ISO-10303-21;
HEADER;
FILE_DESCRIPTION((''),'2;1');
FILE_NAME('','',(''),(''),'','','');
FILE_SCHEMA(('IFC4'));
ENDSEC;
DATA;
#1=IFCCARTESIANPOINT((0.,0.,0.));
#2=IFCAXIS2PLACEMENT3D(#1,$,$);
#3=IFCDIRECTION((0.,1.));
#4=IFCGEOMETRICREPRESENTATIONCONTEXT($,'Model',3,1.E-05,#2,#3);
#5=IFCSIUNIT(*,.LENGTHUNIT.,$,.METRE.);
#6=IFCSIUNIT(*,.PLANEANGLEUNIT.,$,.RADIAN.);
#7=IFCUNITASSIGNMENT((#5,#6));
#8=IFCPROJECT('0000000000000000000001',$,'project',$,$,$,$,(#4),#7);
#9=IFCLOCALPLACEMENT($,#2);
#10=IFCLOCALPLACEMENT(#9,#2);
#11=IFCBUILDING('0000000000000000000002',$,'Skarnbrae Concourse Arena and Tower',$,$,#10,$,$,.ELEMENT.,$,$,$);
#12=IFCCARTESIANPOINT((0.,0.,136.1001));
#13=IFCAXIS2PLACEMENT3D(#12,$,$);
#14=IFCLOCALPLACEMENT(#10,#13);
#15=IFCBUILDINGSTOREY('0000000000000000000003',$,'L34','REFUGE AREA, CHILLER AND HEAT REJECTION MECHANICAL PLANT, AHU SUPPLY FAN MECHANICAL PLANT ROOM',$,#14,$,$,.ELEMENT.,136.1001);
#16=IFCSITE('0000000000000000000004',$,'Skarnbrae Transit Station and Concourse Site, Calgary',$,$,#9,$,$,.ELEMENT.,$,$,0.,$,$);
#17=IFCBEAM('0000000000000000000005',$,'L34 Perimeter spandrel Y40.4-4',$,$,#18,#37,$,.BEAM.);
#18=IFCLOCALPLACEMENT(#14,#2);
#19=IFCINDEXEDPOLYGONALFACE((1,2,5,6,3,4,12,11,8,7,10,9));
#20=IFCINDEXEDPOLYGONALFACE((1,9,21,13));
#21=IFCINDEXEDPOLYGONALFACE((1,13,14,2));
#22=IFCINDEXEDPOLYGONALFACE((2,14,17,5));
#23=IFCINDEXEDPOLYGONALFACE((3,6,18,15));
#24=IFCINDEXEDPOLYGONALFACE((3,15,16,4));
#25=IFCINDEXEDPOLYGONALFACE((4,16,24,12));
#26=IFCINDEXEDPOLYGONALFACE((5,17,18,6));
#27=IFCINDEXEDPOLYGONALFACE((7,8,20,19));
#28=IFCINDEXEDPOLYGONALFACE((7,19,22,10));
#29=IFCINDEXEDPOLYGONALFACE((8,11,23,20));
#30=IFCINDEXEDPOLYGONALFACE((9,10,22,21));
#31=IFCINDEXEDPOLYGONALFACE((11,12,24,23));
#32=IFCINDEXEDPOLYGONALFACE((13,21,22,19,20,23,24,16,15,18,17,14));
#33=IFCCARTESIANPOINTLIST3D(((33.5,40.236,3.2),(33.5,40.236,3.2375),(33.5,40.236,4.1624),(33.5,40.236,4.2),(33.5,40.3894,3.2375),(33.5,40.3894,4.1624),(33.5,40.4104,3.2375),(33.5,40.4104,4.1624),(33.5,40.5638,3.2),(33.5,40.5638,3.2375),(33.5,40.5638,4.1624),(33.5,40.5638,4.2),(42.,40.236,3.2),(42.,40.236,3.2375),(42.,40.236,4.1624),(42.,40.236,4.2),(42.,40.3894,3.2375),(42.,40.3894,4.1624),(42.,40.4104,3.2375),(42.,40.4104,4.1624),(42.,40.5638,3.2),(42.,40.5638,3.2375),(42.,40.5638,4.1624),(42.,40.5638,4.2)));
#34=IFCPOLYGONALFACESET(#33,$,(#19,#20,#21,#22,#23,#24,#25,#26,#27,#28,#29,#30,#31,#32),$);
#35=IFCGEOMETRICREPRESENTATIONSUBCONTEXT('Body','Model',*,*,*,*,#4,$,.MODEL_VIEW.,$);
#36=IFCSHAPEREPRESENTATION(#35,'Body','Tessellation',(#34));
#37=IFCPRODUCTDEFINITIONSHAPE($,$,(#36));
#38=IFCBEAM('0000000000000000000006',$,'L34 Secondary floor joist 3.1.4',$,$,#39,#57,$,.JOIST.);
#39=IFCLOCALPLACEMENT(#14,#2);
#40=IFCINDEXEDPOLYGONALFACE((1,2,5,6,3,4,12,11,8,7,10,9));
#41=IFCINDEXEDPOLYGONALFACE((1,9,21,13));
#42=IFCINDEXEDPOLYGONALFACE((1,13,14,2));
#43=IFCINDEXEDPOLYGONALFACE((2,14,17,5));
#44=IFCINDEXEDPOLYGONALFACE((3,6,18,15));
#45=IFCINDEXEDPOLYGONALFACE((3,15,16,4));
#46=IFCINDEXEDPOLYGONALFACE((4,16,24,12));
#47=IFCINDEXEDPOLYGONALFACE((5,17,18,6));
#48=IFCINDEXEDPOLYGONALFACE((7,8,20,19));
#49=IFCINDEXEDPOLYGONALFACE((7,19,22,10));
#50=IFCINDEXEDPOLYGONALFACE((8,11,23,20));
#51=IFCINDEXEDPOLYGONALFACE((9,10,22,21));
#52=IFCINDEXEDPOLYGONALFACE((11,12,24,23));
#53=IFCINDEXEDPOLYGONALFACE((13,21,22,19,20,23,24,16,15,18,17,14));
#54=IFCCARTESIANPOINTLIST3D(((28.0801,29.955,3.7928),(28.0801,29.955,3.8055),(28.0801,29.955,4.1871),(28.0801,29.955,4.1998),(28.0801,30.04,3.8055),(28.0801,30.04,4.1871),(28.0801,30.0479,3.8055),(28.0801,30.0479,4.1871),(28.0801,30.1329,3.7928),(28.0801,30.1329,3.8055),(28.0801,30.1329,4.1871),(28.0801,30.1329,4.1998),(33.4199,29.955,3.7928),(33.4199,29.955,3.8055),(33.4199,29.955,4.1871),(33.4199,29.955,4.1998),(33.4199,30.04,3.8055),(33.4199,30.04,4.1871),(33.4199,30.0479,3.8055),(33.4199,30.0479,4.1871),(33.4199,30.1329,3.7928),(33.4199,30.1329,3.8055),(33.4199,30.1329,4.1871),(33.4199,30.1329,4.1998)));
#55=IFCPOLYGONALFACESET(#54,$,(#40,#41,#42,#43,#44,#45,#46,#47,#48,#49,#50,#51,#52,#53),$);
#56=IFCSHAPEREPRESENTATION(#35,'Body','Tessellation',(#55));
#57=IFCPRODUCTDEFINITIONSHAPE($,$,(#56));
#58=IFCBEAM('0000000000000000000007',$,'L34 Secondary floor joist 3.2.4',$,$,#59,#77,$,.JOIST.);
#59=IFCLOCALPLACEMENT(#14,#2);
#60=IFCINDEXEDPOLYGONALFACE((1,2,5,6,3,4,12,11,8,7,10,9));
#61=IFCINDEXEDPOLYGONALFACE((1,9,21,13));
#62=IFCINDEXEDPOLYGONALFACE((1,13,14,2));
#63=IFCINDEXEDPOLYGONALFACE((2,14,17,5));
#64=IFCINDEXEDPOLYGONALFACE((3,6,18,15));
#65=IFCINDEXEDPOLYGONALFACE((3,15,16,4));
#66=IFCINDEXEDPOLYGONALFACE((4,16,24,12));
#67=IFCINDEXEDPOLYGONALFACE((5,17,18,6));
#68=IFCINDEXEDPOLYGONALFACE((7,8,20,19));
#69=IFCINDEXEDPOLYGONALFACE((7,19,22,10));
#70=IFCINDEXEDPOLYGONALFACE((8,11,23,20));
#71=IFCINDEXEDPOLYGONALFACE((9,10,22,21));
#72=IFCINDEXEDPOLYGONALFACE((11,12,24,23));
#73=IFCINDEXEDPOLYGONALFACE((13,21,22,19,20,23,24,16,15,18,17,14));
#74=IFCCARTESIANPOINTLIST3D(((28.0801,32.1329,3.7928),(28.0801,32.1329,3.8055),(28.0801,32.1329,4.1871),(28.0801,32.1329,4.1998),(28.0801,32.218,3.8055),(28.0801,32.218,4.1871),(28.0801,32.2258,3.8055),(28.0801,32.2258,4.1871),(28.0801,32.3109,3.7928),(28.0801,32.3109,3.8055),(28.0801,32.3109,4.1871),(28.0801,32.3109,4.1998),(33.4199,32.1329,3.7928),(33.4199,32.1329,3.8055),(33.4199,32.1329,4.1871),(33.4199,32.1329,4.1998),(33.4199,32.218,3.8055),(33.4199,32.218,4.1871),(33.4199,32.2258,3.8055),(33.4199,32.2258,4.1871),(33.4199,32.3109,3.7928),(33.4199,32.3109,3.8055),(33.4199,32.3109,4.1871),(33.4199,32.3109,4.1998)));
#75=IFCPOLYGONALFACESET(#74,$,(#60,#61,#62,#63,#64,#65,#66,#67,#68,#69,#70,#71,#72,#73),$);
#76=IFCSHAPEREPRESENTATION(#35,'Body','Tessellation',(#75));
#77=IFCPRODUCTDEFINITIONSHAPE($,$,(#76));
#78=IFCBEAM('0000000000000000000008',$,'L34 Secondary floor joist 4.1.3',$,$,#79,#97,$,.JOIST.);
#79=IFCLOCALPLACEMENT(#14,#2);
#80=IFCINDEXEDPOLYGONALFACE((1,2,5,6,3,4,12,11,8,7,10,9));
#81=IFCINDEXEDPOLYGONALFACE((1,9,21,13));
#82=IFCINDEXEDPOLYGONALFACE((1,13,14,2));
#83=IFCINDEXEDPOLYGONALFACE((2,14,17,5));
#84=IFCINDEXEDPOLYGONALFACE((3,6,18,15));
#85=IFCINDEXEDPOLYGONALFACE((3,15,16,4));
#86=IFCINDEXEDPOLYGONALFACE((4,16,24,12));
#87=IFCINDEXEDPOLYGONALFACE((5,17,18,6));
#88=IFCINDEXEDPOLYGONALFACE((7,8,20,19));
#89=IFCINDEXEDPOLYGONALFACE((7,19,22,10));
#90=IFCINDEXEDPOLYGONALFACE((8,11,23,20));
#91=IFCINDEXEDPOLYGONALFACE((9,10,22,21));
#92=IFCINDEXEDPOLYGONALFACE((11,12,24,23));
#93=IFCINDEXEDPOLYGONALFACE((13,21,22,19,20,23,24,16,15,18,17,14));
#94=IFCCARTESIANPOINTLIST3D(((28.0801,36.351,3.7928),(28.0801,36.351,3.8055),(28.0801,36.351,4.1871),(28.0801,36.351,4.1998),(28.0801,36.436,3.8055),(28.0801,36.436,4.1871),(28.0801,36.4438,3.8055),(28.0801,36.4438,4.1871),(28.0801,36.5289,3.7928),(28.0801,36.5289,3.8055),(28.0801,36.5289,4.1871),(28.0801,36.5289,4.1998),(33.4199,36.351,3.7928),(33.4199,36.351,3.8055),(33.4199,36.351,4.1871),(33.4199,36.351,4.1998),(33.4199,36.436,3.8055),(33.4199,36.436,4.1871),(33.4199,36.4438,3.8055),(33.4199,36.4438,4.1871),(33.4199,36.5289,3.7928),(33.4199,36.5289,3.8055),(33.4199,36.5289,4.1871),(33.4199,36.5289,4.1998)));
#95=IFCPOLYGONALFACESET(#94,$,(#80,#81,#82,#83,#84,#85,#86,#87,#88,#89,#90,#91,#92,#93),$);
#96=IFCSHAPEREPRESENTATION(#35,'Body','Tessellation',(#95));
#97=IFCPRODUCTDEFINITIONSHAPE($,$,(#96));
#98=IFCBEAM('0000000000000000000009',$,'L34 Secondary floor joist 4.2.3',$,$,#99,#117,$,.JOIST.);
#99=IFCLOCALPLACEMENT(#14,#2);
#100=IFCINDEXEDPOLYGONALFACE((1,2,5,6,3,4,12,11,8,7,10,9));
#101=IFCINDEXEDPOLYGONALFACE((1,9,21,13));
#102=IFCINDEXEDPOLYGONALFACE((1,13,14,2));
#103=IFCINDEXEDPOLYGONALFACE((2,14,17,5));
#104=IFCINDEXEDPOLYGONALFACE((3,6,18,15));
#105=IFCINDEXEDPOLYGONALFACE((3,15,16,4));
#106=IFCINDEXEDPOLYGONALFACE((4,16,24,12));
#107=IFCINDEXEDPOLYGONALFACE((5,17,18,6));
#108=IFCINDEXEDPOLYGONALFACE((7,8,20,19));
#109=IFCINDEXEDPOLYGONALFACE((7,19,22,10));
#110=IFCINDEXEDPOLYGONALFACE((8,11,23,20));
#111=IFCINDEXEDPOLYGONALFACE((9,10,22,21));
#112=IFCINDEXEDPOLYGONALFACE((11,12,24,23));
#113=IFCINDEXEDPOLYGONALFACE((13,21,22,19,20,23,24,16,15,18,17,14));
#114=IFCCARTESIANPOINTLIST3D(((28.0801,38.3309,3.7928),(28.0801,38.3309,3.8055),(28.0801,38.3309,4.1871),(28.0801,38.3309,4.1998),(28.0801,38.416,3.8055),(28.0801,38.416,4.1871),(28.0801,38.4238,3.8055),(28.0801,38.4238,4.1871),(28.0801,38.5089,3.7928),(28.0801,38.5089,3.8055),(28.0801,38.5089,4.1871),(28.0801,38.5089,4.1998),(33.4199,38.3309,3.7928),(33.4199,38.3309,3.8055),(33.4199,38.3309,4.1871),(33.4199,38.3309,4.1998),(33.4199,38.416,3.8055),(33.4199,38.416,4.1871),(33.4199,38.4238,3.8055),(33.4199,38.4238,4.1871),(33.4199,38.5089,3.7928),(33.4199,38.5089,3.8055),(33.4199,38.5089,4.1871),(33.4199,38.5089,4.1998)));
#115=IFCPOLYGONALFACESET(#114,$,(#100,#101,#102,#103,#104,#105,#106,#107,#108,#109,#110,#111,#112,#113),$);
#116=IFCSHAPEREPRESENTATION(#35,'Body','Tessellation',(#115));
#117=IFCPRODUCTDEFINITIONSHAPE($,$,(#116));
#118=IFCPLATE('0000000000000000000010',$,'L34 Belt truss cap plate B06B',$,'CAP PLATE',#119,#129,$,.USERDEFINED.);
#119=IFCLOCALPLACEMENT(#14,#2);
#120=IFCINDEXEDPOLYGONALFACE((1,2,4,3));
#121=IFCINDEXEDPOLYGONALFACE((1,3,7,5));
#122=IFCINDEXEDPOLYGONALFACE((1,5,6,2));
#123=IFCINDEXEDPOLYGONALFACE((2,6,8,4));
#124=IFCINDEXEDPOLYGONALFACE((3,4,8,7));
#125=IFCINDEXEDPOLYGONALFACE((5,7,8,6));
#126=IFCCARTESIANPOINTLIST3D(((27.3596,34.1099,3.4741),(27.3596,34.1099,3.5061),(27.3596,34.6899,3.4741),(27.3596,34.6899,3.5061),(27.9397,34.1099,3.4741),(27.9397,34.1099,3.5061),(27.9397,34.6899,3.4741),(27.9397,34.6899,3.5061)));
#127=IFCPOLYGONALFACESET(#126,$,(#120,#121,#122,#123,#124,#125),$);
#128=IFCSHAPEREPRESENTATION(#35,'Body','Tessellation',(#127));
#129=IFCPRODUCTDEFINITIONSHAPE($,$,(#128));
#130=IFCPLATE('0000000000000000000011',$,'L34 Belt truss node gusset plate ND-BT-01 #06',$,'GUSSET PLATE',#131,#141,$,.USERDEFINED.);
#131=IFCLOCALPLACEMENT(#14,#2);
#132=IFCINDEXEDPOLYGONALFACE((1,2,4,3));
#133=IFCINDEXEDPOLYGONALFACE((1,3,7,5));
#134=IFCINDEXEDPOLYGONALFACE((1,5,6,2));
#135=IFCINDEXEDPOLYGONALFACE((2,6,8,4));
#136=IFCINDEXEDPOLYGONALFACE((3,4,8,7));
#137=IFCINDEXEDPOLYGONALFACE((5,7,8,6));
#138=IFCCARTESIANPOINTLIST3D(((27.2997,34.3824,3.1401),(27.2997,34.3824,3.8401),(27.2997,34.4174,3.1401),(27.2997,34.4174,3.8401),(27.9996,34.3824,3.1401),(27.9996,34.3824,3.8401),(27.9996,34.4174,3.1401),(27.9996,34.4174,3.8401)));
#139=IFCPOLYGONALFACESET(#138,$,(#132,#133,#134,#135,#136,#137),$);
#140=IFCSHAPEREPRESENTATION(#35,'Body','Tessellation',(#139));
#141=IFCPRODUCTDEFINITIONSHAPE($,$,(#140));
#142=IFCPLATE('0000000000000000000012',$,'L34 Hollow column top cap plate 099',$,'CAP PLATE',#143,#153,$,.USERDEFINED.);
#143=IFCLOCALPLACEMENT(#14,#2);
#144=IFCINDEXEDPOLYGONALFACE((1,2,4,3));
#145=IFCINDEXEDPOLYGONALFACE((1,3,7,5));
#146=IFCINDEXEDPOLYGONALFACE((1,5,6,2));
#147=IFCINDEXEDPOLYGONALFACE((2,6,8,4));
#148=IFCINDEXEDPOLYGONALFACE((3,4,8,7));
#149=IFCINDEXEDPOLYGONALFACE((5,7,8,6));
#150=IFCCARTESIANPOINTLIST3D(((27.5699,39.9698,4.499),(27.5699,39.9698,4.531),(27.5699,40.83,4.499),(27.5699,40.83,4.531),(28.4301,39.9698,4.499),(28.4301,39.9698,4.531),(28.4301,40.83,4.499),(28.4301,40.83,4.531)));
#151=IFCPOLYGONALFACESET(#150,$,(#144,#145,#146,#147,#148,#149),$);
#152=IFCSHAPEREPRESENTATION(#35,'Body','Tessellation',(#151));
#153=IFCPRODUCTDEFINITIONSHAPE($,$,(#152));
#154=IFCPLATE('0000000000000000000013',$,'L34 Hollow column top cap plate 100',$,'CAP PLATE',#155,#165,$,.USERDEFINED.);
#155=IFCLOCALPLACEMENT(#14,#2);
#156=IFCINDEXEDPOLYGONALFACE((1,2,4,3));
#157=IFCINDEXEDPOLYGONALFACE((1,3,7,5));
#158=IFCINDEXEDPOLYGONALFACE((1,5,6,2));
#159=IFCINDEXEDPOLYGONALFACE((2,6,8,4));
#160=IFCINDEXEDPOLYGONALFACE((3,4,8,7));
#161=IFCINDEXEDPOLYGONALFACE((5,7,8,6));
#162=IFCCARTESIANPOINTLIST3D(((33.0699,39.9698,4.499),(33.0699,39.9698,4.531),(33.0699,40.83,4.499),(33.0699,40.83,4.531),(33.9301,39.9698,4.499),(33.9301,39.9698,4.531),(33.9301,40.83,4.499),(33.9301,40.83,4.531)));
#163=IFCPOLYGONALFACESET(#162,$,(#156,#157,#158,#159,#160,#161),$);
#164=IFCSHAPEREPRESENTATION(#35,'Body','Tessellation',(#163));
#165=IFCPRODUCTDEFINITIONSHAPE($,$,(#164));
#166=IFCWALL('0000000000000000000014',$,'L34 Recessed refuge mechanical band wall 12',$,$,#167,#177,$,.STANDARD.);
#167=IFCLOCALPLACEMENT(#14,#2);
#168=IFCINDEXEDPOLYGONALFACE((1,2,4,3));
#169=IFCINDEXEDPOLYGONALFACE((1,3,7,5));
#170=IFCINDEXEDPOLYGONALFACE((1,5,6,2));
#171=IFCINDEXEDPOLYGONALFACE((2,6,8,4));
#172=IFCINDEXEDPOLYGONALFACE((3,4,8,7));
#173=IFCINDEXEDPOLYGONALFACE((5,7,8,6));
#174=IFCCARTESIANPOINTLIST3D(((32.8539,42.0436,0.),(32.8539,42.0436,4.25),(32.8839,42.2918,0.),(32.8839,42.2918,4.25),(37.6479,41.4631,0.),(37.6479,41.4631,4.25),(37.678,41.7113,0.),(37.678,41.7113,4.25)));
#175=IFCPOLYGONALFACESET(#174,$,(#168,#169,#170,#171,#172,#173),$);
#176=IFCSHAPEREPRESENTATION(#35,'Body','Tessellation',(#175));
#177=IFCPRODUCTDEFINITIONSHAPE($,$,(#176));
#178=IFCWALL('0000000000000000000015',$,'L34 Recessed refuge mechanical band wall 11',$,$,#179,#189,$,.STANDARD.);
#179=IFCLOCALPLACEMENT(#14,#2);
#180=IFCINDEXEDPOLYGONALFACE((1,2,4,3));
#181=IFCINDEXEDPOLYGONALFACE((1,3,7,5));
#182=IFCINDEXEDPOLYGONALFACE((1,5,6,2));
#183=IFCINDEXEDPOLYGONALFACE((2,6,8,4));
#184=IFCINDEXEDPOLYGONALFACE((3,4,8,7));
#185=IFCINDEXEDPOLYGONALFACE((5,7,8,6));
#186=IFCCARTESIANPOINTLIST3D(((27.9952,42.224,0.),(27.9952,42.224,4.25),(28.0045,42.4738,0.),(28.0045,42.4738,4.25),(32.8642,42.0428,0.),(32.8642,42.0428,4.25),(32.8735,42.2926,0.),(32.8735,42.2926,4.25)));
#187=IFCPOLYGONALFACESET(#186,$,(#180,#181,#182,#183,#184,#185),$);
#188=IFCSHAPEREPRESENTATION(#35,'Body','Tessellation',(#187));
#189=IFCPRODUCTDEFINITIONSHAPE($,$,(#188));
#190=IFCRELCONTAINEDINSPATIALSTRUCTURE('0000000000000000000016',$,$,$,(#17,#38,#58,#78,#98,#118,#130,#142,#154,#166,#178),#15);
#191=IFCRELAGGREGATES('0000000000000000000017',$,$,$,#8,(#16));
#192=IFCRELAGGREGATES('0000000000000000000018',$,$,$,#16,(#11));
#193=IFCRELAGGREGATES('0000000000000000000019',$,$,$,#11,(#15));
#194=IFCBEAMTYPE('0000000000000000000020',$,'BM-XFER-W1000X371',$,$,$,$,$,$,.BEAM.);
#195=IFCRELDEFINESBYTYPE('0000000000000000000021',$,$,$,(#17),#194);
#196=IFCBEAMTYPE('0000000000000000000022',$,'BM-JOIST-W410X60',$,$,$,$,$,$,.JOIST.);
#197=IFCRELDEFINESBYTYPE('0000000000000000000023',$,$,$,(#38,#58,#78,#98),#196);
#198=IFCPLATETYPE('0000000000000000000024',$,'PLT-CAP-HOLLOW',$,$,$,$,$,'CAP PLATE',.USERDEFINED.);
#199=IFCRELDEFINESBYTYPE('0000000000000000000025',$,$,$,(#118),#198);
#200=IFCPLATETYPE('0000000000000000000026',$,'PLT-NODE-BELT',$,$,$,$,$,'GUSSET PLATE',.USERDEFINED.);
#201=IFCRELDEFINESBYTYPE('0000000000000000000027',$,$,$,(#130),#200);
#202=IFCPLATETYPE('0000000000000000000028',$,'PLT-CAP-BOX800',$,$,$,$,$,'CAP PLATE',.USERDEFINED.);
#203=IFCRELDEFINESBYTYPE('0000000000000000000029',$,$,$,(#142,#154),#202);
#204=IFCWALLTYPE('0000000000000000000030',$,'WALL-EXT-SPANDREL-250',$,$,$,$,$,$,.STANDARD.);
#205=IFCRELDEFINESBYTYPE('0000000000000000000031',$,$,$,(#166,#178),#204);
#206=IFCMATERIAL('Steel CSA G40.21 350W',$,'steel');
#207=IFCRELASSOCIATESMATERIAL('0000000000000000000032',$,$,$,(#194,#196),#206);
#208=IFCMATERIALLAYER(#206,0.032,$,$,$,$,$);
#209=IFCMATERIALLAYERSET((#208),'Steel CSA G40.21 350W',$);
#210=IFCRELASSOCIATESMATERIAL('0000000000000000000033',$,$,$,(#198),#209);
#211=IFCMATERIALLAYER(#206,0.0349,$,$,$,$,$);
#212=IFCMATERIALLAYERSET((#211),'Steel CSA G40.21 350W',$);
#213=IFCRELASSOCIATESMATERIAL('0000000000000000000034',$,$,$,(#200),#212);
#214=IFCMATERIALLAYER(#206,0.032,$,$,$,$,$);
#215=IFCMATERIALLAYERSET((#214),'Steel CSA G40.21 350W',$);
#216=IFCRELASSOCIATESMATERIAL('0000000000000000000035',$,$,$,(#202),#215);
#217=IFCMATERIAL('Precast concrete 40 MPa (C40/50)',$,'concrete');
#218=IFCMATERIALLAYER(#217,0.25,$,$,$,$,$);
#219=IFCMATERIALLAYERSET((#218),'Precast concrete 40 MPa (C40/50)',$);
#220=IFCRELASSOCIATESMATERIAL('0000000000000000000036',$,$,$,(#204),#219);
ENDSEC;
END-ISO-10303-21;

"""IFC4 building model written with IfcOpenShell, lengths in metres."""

from ifc_helpers import new_model, si_unit, direction, frame, frame_2d, origin, origin_2d, place, context, subcontext, project, spatial, rectangle, i_section, extrude, source, transform, mapped, material, layer, layer_set, material_profile, profile_set, type_object, element, save


model = new_model("IFC4")

# Units and contexts
model_context = context("Model", 3, precision=1e-05, world=origin(), true_north=direction((0.0, 1.0)))
body_context = subcontext(model_context, "Body", "Model", "MODEL_VIEW")
ifc_project = project(units=[si_unit("LENGTHUNIT", "METRE"), si_unit("PLANEANGLEUNIT", "RADIAN")], contexts=[model_context])

# Site, building, storey
site_placement = place(None, origin())
site = spatial("IfcSite", under=ifc_project, at=site_placement, Name="Skarnbrae Transit Station and Concourse Site, Calgary", CompositionType="ELEMENT", RefElevation=0.0)
building_placement = place(site_placement, origin())
building = spatial("IfcBuilding", under=site, at=building_placement, Name="Skarnbrae Concourse Arena and Tower", CompositionType="ELEMENT")
storey_placement = place(building_placement, frame((0.0, 0.0, 136.1001)))
storey = spatial("IfcBuildingStorey", under=building, at=storey_placement, Name="L34", Description="REFUGE AREA, CHILLER AND HEAT REJECTION MECHANICAL PLANT, AHU SUPPLY FAN MECHANICAL PLANT ROOM", CompositionType="ELEMENT", Elevation=136.1001)

# Shared definitions
ifc_material_1 = material(Name="Steel CSA G40.21 350W", Category="steel")

# Beams
ifc_material_profile_1 = material_profile(ifc_material_1, i_section(OverallWidth=0.3279, OverallDepth=1.0, WebThickness=0.021, FlangeThickness=0.0376, at=origin_2d()), Name="W1000X371")
ifc_profile_set_1 = profile_set([ifc_material_profile_1], Name="Steel CSA G40.21 350W")
beam_type_1 = type_object("IfcBeamType", Name="BM-XFER-W1000X371", PredefinedType="BEAM", material=ifc_profile_set_1)
shared_shape_1 = source(origin(), body_context, "Body", "SweptSolid", [
    extrude(i_section(OverallWidth=0.3279, OverallDepth=1.0, WebThickness=0.021, FlangeThickness=0.0376, at=origin_2d()), origin(), (0.0, 0.0, 1.0), 8.5),
])
for number, where, z_axis, x_axis, name in (
    (1, (33.5, 40.3999, 3.7), (1.0, 0.0, 0.0), (0.0, 1.0, 0.0), "L34 Perimeter spandrel Y40.4-4"),
):
    element("IfcBeam", number, at=place(storey_placement, frame(where, z_axis=z_axis, x_axis=x_axis)), inside=storey, type_object=beam_type_1, Name=name, PredefinedType="BEAM", context=body_context, shape_type="MappedRepresentation", body=[
        mapped(shared_shape_1, transform((0.0, 0.0, 0.0))),
    ])
ifc_material_profile_2 = material_profile(ifc_material_1, i_section(OverallWidth=0.178, OverallDepth=0.407, WebThickness=0.0078, FlangeThickness=0.0127, at=origin_2d()), Name="W410X60")
ifc_profile_set_2 = profile_set([ifc_material_profile_2], Name="Steel CSA G40.21 350W")
beam_type_2 = type_object("IfcBeamType", Name="BM-JOIST-W410X60", PredefinedType="JOIST", material=ifc_profile_set_2)
shared_shape_2 = source(origin(), body_context, "Body", "SweptSolid", [
    extrude(i_section(OverallWidth=0.178, OverallDepth=0.407, WebThickness=0.0078, FlangeThickness=0.0127, at=origin_2d()), origin(), (0.0, 0.0, 1.0), 5.3398),
])
for number, where, z_axis, x_axis, name in (
    (2, (28.0801, 30.0439, 3.9963), (1.0, 0.0, 0.0), (0.0, 1.0, 0.0), "L34 Secondary floor joist 3.1.4"),
    (3, (28.0801, 32.2219, 3.9963), (1.0, 0.0, 0.0), (0.0, 1.0, 0.0), "L34 Secondary floor joist 3.2.4"),
    (4, (28.0801, 36.4399, 3.9963), (1.0, 0.0, 0.0), (0.0, 1.0, 0.0), "L34 Secondary floor joist 4.1.3"),
    (5, (28.0801, 38.4199, 3.9963), (1.0, 0.0, 0.0), (0.0, 1.0, 0.0), "L34 Secondary floor joist 4.2.3"),
):
    element("IfcBeam", number, at=place(storey_placement, frame(where, z_axis=z_axis, x_axis=x_axis)), inside=storey, type_object=beam_type_2, Name=name, PredefinedType="JOIST", context=body_context, shape_type="MappedRepresentation", body=[
        mapped(shared_shape_2, transform((0.0, 0.0, 0.0))),
    ])

# Plates
ifc_layer_1 = layer(ifc_material_1, 0.032)
ifc_layer_set_1 = layer_set([ifc_layer_1], Name="Steel CSA G40.21 350W")
plate_type_1 = type_object("IfcPlateType", Name="PLT-CAP-HOLLOW", ElementType="CAP PLATE", PredefinedType="USERDEFINED", material=ifc_layer_set_1)
shared_shape_3 = source(origin(), body_context, "Body", "SweptSolid", [
    extrude(rectangle(XDim=0.5801, YDim=0.5801, at=origin_2d()), origin(), (0.0, 0.0, 1.0), 0.032),
])
plate_1_placement = place(storey_placement, frame((27.6497, 34.3999, 3.4741), z_axis=(0.0, 0.0, 1.0), x_axis=(1.0, 0.0, 0.0)))
element("IfcPlate", 6, at=plate_1_placement, inside=storey, type_object=plate_type_1, Name="L34 Belt truss cap plate B06B", ObjectType="CAP PLATE", PredefinedType="USERDEFINED", context=body_context, shape_type="MappedRepresentation", body=[
    mapped(shared_shape_3, transform((0.0, 0.0, 0.0))),
])
ifc_layer_2 = layer(ifc_material_1, 0.0349)
ifc_layer_set_2 = layer_set([ifc_layer_2], Name="Steel CSA G40.21 350W")
plate_type_2 = type_object("IfcPlateType", Name="PLT-NODE-BELT", ElementType="GUSSET PLATE", PredefinedType="USERDEFINED", material=ifc_layer_set_2)
shared_shape_4 = source(origin(), body_context, "Body", "SweptSolid", [
    extrude(rectangle(XDim=0.7, YDim=0.0349, at=origin_2d()), origin(), (0.0, 0.0, 1.0), 0.7),
])
plate_2_placement = place(storey_placement, frame((27.6497, 34.3999, 3.1401), z_axis=(0.0, 0.0, 1.0), x_axis=(1.0, 0.0, 0.0)))
element("IfcPlate", 7, at=plate_2_placement, inside=storey, type_object=plate_type_2, Name="L34 Belt truss node gusset plate ND-BT-01 #06", ObjectType="GUSSET PLATE", PredefinedType="USERDEFINED", context=body_context, shape_type="MappedRepresentation", body=[
    mapped(shared_shape_4, transform((0.0, 0.0, 0.0))),
])
ifc_layer_3 = layer(ifc_material_1, 0.032)
ifc_layer_set_3 = layer_set([ifc_layer_3], Name="Steel CSA G40.21 350W")
plate_type_3 = type_object("IfcPlateType", Name="PLT-CAP-BOX800", ElementType="CAP PLATE", PredefinedType="USERDEFINED", material=ifc_layer_set_3)
shared_shape_5 = source(origin(), body_context, "Body", "SweptSolid", [
    extrude(rectangle(XDim=0.8601, YDim=0.8601, at=origin_2d()), origin(), (0.0, 0.0, 1.0), 0.032),
])
for number, where, z_axis, x_axis, name in (
    (8, (28.0, 40.3999, 4.499), (0.0, 0.0, 1.0), (1.0, 0.0, 0.0), "L34 Hollow column top cap plate 099"),
    (9, (33.5, 40.3999, 4.499), (0.0, 0.0, 1.0), (1.0, 0.0, 0.0), "L34 Hollow column top cap plate 100"),
):
    element("IfcPlate", number, at=place(storey_placement, frame(where, z_axis=z_axis, x_axis=x_axis)), inside=storey, type_object=plate_type_3, Name=name, ObjectType="CAP PLATE", PredefinedType="USERDEFINED", context=body_context, shape_type="MappedRepresentation", body=[
        mapped(shared_shape_5, transform((0.0, 0.0, 0.0))),
    ])

# Walls
ifc_material_2 = material(Name="Precast concrete 40 MPa (C40/50)", Category="concrete")
ifc_layer_4 = layer(ifc_material_2, 0.25)
ifc_layer_set_4 = layer_set([ifc_layer_4], Name="Precast concrete 40 MPa (C40/50)")
wall_type = type_object("IfcWallType", Name="WALL-EXT-SPANDREL-250", PredefinedType="STANDARD", material=ifc_layer_set_4)
shared_shape_6 = source(origin(), body_context, "Body", "SweptSolid", [
    extrude(rectangle(XDim=4.8291, YDim=0.25, at=frame_2d((2.4146, 0.0))), origin(), (0.0, 0.0, 1.0), 4.25),
])
wall_1_placement = place(storey_placement, frame((32.8689, 42.1677, 0.0), z_axis=(0.0, 0.0, 1.0), x_axis=(0.992747, -0.12022, 0.0)))
element("IfcWall", 10, at=wall_1_placement, inside=storey, type_object=wall_type, Name="L34 Recessed refuge mechanical band wall 12", PredefinedType="STANDARD", context=body_context, shape_type="MappedRepresentation", body=[
    mapped(shared_shape_6, transform((0.0, 0.0, 0.0))),
])
shared_shape_7 = source(origin(), body_context, "Body", "SweptSolid", [
    extrude(rectangle(XDim=4.8723, YDim=0.25, at=frame_2d((2.436, 0.0))), origin(), (0.0, 0.0, 1.0), 4.25),
])
wall_2_placement = place(storey_placement, frame((28.0, 42.3489, 0.0), z_axis=(0.0, 0.0, 1.0), x_axis=(0.999309, -0.03718, 0.0)))
element("IfcWall", 11, at=wall_2_placement, inside=storey, type_object=wall_type, Name="L34 Recessed refuge mechanical band wall 11", PredefinedType="STANDARD", context=body_context, shape_type="MappedRepresentation", body=[
    mapped(shared_shape_7, transform((0.0, 0.0, 0.0))),
])

save(model, "model.ifc")
